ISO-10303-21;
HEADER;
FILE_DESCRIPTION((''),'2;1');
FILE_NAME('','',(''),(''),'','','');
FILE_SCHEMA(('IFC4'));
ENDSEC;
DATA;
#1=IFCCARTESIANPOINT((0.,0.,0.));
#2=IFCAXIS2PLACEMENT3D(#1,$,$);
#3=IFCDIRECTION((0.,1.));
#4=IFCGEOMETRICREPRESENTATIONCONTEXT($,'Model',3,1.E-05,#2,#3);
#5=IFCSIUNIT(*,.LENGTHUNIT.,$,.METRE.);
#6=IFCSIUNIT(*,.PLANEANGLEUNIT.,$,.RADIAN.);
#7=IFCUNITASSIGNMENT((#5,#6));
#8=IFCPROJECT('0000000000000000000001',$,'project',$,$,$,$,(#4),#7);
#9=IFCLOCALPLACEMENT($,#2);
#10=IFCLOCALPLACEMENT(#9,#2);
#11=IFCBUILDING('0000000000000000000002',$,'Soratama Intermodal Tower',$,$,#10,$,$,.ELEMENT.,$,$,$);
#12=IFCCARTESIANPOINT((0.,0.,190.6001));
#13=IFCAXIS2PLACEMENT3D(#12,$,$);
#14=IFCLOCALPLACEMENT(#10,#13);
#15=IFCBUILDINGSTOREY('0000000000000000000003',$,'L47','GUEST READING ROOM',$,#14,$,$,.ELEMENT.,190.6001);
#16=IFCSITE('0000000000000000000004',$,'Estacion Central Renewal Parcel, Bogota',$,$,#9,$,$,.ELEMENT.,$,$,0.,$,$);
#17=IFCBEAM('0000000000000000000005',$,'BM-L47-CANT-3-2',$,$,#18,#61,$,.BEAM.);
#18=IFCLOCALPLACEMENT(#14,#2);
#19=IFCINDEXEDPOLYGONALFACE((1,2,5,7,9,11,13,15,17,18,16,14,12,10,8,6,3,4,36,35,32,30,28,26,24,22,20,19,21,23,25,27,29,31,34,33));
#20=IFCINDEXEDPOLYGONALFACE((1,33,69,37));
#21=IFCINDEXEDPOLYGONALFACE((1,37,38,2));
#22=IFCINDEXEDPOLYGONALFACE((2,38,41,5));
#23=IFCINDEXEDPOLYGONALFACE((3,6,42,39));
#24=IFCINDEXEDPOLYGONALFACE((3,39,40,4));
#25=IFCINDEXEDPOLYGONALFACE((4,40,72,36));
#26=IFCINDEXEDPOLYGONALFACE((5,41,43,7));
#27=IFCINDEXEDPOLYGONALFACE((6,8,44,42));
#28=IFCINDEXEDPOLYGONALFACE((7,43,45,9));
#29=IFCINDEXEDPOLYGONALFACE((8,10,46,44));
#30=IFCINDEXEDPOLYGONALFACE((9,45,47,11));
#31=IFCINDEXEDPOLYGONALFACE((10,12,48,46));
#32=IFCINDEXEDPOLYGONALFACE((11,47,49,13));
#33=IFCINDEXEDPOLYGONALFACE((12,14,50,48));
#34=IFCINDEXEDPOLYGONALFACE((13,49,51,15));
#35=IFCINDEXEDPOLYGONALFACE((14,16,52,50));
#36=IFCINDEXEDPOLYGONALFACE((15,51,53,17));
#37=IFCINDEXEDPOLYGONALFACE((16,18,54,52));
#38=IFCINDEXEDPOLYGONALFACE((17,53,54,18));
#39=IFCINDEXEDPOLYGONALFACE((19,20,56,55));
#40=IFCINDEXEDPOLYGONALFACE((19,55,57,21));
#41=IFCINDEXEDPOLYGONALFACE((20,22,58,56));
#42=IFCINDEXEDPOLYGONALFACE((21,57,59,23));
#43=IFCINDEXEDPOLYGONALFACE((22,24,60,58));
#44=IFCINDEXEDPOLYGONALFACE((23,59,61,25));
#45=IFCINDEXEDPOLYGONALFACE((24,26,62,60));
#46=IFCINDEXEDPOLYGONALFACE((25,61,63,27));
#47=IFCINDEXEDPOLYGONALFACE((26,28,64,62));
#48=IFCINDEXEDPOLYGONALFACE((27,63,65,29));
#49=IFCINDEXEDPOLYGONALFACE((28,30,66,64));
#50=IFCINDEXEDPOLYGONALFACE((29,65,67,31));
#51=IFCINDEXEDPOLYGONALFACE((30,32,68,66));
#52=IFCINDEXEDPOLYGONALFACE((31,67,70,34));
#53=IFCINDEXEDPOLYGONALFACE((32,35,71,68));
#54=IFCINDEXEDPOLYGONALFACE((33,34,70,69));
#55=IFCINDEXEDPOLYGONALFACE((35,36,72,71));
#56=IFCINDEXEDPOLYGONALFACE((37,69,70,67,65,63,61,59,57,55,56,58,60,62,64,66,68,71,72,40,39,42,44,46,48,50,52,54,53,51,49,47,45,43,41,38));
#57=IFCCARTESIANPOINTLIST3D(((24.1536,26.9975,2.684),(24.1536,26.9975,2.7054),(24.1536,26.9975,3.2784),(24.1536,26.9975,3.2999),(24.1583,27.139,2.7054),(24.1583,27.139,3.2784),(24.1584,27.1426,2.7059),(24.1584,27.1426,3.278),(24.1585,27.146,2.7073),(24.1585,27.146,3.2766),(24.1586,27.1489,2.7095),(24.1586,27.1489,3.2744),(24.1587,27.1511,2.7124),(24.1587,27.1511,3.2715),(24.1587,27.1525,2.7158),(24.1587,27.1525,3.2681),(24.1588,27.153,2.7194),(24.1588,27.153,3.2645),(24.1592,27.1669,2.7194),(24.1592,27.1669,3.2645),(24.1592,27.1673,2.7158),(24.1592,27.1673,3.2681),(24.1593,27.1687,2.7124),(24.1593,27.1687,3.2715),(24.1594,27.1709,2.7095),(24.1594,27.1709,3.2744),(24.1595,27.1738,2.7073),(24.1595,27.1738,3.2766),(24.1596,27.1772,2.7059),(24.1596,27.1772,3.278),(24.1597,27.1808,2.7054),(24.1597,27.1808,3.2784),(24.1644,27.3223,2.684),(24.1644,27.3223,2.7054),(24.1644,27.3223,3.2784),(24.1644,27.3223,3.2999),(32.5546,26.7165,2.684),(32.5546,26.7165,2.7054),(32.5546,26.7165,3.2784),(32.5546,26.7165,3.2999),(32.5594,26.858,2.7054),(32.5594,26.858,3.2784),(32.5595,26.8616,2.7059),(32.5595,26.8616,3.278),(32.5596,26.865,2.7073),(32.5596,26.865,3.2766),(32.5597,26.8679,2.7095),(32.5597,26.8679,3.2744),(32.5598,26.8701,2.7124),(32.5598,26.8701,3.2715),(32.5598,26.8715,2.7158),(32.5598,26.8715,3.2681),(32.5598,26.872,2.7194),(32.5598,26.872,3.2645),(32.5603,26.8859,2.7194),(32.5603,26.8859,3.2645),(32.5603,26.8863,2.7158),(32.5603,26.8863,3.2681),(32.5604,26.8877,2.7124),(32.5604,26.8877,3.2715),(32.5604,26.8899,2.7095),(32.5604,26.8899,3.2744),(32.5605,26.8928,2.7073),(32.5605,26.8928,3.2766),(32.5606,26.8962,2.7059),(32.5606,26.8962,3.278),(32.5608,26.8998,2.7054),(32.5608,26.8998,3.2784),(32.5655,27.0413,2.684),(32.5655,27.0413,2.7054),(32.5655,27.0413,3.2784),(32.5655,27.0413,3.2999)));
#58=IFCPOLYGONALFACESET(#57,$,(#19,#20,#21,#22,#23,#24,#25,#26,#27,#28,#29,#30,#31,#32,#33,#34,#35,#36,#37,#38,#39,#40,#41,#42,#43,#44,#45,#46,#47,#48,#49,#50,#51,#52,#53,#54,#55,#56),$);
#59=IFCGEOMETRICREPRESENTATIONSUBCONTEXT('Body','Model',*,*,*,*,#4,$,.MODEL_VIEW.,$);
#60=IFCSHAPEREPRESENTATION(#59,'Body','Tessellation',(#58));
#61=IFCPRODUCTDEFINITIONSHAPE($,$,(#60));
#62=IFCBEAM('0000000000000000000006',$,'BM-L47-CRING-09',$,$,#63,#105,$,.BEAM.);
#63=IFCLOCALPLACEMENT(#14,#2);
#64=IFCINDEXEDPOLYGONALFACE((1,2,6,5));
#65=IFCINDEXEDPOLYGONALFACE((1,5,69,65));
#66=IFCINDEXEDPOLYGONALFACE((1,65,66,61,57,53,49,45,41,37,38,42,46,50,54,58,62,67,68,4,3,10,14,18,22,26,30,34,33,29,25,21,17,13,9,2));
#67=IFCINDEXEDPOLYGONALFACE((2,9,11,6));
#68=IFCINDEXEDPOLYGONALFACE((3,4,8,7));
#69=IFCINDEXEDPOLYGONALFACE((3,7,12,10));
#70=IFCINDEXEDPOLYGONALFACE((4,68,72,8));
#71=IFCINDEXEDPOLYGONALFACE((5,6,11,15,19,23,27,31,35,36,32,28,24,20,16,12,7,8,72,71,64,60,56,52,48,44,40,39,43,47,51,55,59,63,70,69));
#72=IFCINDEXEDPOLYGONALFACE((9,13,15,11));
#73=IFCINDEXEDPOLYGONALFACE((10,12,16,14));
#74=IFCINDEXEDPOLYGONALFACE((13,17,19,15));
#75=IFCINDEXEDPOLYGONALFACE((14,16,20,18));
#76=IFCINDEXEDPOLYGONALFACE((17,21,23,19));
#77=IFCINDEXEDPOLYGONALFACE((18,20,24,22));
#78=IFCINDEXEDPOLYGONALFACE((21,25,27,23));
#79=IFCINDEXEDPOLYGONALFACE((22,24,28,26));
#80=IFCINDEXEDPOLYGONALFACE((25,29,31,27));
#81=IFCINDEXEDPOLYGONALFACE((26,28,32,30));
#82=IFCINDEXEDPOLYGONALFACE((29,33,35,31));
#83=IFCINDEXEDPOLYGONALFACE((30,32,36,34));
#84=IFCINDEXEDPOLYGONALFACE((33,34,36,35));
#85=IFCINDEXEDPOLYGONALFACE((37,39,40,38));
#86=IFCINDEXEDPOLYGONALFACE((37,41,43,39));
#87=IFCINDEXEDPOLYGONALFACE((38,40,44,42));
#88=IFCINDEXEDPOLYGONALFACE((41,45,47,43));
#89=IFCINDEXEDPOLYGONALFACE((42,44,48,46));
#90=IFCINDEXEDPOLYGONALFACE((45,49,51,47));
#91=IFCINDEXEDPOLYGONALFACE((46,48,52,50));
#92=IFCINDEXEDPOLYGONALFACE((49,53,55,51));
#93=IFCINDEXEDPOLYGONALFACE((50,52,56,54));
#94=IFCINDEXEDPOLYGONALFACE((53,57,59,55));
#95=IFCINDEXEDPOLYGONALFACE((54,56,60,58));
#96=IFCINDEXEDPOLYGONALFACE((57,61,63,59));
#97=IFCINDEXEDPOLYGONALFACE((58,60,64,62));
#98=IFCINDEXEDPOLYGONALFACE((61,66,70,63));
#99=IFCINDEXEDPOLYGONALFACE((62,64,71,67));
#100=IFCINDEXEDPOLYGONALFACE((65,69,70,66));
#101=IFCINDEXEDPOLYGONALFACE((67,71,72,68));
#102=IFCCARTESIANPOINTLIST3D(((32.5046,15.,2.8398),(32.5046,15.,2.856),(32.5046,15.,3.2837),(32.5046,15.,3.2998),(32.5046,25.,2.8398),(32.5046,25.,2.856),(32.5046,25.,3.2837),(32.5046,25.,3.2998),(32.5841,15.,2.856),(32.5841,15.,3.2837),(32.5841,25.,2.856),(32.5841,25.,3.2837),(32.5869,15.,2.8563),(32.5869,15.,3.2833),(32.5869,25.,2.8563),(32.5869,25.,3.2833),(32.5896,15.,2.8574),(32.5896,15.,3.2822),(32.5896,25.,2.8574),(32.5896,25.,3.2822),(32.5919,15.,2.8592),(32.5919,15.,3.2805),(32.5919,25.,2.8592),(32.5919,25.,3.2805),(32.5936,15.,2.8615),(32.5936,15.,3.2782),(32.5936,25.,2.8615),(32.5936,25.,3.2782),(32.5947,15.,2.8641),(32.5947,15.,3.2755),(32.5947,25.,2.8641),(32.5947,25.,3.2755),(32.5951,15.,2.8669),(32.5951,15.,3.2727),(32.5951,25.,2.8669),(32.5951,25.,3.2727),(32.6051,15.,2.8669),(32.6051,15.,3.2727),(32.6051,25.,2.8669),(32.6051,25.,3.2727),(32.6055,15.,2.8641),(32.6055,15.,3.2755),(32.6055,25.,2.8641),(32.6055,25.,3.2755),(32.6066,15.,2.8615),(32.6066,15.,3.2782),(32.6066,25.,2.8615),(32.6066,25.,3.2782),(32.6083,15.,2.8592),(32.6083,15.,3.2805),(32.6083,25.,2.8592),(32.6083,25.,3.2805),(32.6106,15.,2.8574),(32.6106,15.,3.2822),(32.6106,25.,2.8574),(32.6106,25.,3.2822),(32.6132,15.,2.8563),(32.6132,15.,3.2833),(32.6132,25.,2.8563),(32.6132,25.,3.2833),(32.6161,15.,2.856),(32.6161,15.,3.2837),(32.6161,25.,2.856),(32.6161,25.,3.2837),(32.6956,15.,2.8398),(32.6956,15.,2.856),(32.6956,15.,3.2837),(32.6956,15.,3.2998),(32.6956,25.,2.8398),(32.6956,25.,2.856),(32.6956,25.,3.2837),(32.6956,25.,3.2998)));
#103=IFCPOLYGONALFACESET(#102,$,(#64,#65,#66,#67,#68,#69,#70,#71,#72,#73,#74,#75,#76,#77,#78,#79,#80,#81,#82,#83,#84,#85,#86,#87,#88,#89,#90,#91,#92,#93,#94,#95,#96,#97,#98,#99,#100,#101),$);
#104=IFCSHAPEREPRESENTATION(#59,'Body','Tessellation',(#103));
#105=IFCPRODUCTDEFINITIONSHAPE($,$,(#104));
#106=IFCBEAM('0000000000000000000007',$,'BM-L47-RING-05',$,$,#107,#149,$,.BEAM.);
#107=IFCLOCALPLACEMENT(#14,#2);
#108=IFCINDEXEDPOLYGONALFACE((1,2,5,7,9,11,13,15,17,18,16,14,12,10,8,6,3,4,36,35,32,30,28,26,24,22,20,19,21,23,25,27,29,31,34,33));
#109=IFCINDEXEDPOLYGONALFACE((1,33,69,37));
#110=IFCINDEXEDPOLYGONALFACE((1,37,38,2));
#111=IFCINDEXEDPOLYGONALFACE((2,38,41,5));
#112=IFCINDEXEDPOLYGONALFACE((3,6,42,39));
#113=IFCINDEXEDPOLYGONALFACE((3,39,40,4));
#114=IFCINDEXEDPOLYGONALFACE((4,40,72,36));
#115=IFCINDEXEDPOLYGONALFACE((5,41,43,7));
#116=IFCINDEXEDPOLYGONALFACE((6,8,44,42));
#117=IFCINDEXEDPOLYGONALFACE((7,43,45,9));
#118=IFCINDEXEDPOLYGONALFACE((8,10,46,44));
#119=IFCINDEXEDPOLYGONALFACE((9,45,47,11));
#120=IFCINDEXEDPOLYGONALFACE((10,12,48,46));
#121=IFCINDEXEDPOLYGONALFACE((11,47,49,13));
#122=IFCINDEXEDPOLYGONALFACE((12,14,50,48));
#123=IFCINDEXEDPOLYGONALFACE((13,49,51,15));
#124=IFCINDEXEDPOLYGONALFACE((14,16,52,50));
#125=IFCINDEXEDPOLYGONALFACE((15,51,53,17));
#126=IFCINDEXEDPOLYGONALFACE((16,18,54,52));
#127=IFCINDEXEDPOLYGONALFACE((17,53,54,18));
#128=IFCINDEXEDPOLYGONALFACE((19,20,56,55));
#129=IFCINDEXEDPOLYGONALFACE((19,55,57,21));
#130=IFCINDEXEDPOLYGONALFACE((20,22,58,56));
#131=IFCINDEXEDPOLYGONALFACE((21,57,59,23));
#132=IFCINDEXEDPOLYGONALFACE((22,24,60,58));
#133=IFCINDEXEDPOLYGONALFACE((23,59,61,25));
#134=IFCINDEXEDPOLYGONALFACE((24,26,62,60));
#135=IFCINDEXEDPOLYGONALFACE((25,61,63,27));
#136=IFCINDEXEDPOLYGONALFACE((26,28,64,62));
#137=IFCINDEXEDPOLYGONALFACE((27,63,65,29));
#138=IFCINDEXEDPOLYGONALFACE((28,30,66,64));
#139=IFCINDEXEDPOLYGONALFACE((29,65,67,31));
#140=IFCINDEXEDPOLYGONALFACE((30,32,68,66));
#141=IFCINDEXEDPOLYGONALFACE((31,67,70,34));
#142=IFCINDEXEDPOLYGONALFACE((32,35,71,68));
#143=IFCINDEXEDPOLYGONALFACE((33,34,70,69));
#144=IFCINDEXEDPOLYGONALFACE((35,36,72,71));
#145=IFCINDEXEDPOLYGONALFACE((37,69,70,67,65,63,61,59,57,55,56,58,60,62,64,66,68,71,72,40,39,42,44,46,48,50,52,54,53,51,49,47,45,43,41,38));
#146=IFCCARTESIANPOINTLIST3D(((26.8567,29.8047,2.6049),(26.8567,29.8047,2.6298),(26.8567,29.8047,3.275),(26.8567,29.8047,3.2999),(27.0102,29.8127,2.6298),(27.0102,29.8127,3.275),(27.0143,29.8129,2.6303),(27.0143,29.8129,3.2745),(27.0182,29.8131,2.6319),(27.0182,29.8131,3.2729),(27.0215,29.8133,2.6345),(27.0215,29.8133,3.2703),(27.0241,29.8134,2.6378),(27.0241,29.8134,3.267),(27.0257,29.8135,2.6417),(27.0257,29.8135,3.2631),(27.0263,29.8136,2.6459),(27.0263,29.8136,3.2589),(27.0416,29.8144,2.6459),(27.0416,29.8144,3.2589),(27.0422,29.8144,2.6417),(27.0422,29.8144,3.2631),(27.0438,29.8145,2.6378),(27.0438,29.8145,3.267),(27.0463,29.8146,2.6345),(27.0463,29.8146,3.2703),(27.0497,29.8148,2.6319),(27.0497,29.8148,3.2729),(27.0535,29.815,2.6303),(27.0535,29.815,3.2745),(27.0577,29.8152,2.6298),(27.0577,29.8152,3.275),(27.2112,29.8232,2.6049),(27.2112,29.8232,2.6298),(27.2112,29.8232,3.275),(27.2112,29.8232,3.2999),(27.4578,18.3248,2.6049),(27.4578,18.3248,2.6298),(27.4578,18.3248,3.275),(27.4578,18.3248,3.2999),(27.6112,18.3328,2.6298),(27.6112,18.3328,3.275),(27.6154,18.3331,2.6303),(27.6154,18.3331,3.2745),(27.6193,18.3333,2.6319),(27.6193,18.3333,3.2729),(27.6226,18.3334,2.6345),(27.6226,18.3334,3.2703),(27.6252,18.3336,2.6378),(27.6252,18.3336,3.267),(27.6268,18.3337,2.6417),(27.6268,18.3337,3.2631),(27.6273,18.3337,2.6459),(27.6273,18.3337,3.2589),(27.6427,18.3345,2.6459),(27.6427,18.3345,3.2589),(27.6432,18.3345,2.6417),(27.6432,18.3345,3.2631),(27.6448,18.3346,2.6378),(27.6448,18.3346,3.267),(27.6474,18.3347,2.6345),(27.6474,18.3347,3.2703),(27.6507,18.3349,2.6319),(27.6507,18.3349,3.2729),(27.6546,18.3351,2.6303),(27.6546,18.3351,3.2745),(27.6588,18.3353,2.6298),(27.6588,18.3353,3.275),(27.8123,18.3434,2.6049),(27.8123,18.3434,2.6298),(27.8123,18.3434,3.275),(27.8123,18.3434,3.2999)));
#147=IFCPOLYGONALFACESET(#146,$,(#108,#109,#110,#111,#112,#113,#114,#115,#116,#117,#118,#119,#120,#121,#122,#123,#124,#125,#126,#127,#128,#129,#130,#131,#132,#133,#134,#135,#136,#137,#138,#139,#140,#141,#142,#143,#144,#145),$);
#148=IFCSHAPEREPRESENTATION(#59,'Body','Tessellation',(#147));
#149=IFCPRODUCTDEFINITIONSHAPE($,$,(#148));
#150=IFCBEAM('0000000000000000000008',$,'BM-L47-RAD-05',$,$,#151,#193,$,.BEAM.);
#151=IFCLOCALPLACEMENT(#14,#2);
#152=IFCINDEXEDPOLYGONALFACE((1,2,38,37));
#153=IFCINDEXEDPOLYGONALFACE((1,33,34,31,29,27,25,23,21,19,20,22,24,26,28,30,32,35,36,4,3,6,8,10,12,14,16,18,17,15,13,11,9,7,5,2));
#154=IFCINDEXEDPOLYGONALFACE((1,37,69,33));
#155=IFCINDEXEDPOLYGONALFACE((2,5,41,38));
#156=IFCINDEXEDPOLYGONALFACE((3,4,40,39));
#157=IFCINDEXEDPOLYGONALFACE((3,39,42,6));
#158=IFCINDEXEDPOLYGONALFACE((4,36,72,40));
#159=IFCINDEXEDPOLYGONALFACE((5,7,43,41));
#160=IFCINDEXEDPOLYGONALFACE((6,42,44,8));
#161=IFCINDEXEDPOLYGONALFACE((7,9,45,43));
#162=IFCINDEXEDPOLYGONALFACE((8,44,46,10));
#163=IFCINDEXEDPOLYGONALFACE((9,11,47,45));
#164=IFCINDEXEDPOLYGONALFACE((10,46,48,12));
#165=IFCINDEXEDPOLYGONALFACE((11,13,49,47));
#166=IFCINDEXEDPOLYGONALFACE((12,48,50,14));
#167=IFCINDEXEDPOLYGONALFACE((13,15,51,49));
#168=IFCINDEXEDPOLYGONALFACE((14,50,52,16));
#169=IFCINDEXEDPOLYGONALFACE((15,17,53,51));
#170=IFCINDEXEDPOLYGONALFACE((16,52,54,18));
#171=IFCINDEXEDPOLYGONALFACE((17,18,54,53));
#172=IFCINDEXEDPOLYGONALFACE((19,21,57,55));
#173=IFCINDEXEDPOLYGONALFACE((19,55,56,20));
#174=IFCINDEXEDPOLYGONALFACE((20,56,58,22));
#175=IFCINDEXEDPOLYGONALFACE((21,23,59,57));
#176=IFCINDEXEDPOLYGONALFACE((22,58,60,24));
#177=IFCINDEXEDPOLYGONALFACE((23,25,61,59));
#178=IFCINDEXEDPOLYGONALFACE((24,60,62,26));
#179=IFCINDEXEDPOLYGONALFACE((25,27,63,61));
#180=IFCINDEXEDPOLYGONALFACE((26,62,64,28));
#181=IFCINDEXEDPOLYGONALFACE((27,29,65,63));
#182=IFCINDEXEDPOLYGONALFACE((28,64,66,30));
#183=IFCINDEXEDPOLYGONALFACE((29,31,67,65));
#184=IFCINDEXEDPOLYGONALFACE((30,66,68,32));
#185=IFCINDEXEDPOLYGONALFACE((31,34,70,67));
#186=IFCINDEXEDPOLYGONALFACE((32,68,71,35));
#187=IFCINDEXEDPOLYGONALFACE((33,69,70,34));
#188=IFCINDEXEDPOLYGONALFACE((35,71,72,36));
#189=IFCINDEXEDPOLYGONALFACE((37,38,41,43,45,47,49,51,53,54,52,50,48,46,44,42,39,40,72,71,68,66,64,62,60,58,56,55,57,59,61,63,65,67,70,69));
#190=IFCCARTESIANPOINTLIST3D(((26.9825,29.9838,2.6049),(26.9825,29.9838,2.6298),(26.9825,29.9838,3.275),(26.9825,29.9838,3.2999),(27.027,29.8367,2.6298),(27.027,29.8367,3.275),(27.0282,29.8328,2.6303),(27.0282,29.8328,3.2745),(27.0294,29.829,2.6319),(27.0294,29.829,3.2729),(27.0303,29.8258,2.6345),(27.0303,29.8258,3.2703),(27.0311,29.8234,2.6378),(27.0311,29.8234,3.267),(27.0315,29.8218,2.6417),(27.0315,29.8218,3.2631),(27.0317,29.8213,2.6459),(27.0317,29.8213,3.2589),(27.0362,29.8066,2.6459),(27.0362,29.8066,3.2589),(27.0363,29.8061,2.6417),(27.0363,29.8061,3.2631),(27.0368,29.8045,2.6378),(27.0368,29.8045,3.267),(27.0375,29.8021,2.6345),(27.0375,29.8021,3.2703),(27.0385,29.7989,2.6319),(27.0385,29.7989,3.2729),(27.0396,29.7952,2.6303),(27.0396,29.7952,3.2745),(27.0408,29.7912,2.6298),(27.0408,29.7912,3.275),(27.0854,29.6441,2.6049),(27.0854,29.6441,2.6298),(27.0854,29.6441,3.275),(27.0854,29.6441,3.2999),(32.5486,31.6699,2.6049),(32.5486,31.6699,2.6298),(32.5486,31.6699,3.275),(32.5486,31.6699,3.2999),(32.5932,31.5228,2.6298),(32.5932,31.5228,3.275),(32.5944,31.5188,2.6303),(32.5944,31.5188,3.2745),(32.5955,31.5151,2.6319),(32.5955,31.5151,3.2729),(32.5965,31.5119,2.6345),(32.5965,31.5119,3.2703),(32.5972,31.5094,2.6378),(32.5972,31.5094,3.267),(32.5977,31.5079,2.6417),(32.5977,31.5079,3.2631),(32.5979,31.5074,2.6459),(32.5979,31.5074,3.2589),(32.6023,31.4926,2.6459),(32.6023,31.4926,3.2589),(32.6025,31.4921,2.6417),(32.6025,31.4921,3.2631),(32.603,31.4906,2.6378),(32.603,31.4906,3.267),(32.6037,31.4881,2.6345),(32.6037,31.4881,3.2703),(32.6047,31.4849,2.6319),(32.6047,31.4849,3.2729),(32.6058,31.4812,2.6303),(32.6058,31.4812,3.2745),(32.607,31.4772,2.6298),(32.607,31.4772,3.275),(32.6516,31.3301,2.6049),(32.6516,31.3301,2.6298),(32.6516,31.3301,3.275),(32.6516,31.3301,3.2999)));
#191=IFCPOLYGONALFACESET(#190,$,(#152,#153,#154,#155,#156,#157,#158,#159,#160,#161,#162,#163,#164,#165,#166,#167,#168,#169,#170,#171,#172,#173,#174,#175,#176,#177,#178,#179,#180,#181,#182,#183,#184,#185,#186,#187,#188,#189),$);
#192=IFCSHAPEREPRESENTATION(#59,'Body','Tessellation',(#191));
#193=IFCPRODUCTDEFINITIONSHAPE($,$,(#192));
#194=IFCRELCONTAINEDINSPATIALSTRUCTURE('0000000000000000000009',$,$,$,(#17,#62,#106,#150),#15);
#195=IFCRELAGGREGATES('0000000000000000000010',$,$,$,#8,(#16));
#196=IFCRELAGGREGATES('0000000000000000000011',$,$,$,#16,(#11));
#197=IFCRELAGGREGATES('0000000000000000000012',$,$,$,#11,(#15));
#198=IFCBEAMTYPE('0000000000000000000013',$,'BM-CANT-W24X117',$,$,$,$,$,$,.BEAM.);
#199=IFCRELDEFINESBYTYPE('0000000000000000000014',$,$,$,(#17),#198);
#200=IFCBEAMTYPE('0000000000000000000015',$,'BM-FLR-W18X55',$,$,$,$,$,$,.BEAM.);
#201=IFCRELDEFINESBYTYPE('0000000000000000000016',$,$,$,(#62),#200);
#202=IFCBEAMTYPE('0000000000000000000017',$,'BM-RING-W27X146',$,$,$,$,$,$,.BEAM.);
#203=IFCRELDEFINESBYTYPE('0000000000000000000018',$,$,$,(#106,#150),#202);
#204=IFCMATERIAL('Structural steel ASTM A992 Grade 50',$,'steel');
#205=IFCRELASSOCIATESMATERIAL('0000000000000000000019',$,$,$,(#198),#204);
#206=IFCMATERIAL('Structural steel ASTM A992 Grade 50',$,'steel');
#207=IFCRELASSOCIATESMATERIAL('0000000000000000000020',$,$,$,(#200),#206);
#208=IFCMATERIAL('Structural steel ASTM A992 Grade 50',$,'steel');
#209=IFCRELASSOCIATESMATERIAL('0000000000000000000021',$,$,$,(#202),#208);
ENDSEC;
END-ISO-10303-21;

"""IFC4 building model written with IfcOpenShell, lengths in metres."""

from ifc_helpers import new_model, si_unit, direction, frame, origin, origin_2d, place, context, subcontext, project, spatial, i_section, extrude, material, material_profile, profile_set, type_object, element, save


model = new_model("IFC4")

# Units and contexts
model_context = context("Model", 3, precision=1e-05, world=origin(), true_north=direction((0.0, 1.0)))
body_context = subcontext(model_context, "Body", "Model", "MODEL_VIEW")
ifc_project = project(units=[si_unit("LENGTHUNIT", "METRE"), si_unit("PLANEANGLEUNIT", "RADIAN")], contexts=[model_context])

# Site, building, storey
site_placement = place(None, origin())
site = spatial("IfcSite", under=ifc_project, at=site_placement, Name="Estacion Central Renewal Parcel, Bogota", CompositionType="ELEMENT", RefElevation=0.0)
building_placement = place(site_placement, origin())
building = spatial("IfcBuilding", under=site, at=building_placement, Name="Soratama Intermodal Tower", CompositionType="ELEMENT")
storey_placement = place(building_placement, frame((0.0, 0.0, 190.6001)))
storey = spatial("IfcBuildingStorey", under=building, at=storey_placement, Name="L47", Description="GUEST READING ROOM", CompositionType="ELEMENT", Elevation=190.6001)

# Beams
ifc_material_1 = material(Name="Structural steel ASTM A992 Grade 50", Category="steel")
ifc_material_profile_1 = material_profile(ifc_material_1, i_section(OverallWidth=0.325, OverallDepth=0.616, WebThickness=0.0139, FlangeThickness=0.0215, FilletRadius=0.0139, at=origin_2d()), Name="W24X117")
ifc_profile_set_1 = profile_set([ifc_material_profile_1], Name="Structural steel ASTM A992 Grade 50")
beam_type_1 = type_object("IfcBeamType", Name="BM-CANT-W24X117", PredefinedType="BEAM", material=ifc_profile_set_1)
beam_1_placement = place(storey_placement, frame((32.5601, 26.8789, 2.9919), z_axis=(-0.999441, 0.03343, 0.0), x_axis=(-0.03343, -0.999441, 0.0)))
element("IfcBeam", 1, at=beam_1_placement, inside=storey, type_object=beam_type_1, Name="BM-L47-CANT-3-2", PredefinedType="BEAM", context=body_context, shape_type="SweptSolid", body=[
    extrude(i_section(OverallWidth=0.325, OverallDepth=0.616, WebThickness=0.0139, FlangeThickness=0.0215, FilletRadius=0.0139, at=origin_2d()), origin(), (0.0, 0.0, 1.0), 8.4058),
])
ifc_material_2 = material(Name="Structural steel ASTM A992 Grade 50", Category="steel")
ifc_material_profile_2 = material_profile(ifc_material_2, i_section(OverallWidth=0.1909, OverallDepth=0.46, WebThickness=0.01, FlangeThickness=0.0161, FilletRadius=0.011, at=origin_2d()), Name="W18X55")
ifc_profile_set_2 = profile_set([ifc_material_profile_2], Name="Structural steel ASTM A992 Grade 50")
beam_type_2 = type_object("IfcBeamType", Name="BM-FLR-W18X55", PredefinedType="BEAM", material=ifc_profile_set_2)
beam_2_placement = place(storey_placement, frame((32.6001, 25.0, 3.0698), z_axis=(0.0, -1.0, 0.0), x_axis=(1.0, 0.0, 0.0)))
element("IfcBeam", 2, at=beam_2_placement, inside=storey, type_object=beam_type_2, Name="BM-L47-CRING-09", PredefinedType="BEAM", context=body_context, shape_type="SweptSolid", body=[
    extrude(i_section(OverallWidth=0.1909, OverallDepth=0.46, WebThickness=0.01, FlangeThickness=0.0161, FilletRadius=0.011, at=origin_2d()), origin(), (0.0, 0.0, 1.0), 10.0),
])
ifc_material_3 = material(Name="Structural steel ASTM A992 Grade 50", Category="steel")
ifc_material_profile_3 = material_profile(ifc_material_3, i_section(OverallWidth=0.355, OverallDepth=0.6951, WebThickness=0.0154, FlangeThickness=0.0249, FilletRadius=0.0161, at=origin_2d()), Name="W27X146")
ifc_profile_set_3 = profile_set([ifc_material_profile_3], Name="Structural steel ASTM A992 Grade 50")
beam_type_3 = type_object("IfcBeamType", Name="BM-RING-W27X146", PredefinedType="BEAM", material=ifc_profile_set_3)
beam_3_placement = place(storey_placement, frame((27.0339, 29.814, 2.9524), z_axis=(0.052287, -0.998632, 0.0), x_axis=(0.998632, 0.052287, 0.0)))
element("IfcBeam", 3, at=beam_3_placement, inside=storey, type_object=beam_type_3, Name="BM-L47-RING-05", PredefinedType="BEAM", context=body_context, shape_type="SweptSolid", body=[
    extrude(i_section(OverallWidth=0.355, OverallDepth=0.6951, WebThickness=0.0154, FlangeThickness=0.0249, FilletRadius=0.0161, at=origin_2d()), origin(), (0.0, 0.0, 1.0), 11.4956),
])
beam_4_placement = place(storey_placement, frame((32.6001, 31.5, 2.9524), z_axis=(-0.957057, -0.2899, 0.0), x_axis=(0.2899, -0.957057, 0.0)))
element("IfcBeam", 4, at=beam_4_placement, inside=storey, type_object=beam_type_3, Name="BM-L47-RAD-05", PredefinedType="BEAM", context=body_context, shape_type="SweptSolid", body=[
    extrude(i_section(OverallWidth=0.355, OverallDepth=0.6951, WebThickness=0.0154, FlangeThickness=0.0249, FilletRadius=0.0161, at=origin_2d()), origin(), (0.0, 0.0, 1.0), 5.8159),
])

save(model, "model.ifc")
